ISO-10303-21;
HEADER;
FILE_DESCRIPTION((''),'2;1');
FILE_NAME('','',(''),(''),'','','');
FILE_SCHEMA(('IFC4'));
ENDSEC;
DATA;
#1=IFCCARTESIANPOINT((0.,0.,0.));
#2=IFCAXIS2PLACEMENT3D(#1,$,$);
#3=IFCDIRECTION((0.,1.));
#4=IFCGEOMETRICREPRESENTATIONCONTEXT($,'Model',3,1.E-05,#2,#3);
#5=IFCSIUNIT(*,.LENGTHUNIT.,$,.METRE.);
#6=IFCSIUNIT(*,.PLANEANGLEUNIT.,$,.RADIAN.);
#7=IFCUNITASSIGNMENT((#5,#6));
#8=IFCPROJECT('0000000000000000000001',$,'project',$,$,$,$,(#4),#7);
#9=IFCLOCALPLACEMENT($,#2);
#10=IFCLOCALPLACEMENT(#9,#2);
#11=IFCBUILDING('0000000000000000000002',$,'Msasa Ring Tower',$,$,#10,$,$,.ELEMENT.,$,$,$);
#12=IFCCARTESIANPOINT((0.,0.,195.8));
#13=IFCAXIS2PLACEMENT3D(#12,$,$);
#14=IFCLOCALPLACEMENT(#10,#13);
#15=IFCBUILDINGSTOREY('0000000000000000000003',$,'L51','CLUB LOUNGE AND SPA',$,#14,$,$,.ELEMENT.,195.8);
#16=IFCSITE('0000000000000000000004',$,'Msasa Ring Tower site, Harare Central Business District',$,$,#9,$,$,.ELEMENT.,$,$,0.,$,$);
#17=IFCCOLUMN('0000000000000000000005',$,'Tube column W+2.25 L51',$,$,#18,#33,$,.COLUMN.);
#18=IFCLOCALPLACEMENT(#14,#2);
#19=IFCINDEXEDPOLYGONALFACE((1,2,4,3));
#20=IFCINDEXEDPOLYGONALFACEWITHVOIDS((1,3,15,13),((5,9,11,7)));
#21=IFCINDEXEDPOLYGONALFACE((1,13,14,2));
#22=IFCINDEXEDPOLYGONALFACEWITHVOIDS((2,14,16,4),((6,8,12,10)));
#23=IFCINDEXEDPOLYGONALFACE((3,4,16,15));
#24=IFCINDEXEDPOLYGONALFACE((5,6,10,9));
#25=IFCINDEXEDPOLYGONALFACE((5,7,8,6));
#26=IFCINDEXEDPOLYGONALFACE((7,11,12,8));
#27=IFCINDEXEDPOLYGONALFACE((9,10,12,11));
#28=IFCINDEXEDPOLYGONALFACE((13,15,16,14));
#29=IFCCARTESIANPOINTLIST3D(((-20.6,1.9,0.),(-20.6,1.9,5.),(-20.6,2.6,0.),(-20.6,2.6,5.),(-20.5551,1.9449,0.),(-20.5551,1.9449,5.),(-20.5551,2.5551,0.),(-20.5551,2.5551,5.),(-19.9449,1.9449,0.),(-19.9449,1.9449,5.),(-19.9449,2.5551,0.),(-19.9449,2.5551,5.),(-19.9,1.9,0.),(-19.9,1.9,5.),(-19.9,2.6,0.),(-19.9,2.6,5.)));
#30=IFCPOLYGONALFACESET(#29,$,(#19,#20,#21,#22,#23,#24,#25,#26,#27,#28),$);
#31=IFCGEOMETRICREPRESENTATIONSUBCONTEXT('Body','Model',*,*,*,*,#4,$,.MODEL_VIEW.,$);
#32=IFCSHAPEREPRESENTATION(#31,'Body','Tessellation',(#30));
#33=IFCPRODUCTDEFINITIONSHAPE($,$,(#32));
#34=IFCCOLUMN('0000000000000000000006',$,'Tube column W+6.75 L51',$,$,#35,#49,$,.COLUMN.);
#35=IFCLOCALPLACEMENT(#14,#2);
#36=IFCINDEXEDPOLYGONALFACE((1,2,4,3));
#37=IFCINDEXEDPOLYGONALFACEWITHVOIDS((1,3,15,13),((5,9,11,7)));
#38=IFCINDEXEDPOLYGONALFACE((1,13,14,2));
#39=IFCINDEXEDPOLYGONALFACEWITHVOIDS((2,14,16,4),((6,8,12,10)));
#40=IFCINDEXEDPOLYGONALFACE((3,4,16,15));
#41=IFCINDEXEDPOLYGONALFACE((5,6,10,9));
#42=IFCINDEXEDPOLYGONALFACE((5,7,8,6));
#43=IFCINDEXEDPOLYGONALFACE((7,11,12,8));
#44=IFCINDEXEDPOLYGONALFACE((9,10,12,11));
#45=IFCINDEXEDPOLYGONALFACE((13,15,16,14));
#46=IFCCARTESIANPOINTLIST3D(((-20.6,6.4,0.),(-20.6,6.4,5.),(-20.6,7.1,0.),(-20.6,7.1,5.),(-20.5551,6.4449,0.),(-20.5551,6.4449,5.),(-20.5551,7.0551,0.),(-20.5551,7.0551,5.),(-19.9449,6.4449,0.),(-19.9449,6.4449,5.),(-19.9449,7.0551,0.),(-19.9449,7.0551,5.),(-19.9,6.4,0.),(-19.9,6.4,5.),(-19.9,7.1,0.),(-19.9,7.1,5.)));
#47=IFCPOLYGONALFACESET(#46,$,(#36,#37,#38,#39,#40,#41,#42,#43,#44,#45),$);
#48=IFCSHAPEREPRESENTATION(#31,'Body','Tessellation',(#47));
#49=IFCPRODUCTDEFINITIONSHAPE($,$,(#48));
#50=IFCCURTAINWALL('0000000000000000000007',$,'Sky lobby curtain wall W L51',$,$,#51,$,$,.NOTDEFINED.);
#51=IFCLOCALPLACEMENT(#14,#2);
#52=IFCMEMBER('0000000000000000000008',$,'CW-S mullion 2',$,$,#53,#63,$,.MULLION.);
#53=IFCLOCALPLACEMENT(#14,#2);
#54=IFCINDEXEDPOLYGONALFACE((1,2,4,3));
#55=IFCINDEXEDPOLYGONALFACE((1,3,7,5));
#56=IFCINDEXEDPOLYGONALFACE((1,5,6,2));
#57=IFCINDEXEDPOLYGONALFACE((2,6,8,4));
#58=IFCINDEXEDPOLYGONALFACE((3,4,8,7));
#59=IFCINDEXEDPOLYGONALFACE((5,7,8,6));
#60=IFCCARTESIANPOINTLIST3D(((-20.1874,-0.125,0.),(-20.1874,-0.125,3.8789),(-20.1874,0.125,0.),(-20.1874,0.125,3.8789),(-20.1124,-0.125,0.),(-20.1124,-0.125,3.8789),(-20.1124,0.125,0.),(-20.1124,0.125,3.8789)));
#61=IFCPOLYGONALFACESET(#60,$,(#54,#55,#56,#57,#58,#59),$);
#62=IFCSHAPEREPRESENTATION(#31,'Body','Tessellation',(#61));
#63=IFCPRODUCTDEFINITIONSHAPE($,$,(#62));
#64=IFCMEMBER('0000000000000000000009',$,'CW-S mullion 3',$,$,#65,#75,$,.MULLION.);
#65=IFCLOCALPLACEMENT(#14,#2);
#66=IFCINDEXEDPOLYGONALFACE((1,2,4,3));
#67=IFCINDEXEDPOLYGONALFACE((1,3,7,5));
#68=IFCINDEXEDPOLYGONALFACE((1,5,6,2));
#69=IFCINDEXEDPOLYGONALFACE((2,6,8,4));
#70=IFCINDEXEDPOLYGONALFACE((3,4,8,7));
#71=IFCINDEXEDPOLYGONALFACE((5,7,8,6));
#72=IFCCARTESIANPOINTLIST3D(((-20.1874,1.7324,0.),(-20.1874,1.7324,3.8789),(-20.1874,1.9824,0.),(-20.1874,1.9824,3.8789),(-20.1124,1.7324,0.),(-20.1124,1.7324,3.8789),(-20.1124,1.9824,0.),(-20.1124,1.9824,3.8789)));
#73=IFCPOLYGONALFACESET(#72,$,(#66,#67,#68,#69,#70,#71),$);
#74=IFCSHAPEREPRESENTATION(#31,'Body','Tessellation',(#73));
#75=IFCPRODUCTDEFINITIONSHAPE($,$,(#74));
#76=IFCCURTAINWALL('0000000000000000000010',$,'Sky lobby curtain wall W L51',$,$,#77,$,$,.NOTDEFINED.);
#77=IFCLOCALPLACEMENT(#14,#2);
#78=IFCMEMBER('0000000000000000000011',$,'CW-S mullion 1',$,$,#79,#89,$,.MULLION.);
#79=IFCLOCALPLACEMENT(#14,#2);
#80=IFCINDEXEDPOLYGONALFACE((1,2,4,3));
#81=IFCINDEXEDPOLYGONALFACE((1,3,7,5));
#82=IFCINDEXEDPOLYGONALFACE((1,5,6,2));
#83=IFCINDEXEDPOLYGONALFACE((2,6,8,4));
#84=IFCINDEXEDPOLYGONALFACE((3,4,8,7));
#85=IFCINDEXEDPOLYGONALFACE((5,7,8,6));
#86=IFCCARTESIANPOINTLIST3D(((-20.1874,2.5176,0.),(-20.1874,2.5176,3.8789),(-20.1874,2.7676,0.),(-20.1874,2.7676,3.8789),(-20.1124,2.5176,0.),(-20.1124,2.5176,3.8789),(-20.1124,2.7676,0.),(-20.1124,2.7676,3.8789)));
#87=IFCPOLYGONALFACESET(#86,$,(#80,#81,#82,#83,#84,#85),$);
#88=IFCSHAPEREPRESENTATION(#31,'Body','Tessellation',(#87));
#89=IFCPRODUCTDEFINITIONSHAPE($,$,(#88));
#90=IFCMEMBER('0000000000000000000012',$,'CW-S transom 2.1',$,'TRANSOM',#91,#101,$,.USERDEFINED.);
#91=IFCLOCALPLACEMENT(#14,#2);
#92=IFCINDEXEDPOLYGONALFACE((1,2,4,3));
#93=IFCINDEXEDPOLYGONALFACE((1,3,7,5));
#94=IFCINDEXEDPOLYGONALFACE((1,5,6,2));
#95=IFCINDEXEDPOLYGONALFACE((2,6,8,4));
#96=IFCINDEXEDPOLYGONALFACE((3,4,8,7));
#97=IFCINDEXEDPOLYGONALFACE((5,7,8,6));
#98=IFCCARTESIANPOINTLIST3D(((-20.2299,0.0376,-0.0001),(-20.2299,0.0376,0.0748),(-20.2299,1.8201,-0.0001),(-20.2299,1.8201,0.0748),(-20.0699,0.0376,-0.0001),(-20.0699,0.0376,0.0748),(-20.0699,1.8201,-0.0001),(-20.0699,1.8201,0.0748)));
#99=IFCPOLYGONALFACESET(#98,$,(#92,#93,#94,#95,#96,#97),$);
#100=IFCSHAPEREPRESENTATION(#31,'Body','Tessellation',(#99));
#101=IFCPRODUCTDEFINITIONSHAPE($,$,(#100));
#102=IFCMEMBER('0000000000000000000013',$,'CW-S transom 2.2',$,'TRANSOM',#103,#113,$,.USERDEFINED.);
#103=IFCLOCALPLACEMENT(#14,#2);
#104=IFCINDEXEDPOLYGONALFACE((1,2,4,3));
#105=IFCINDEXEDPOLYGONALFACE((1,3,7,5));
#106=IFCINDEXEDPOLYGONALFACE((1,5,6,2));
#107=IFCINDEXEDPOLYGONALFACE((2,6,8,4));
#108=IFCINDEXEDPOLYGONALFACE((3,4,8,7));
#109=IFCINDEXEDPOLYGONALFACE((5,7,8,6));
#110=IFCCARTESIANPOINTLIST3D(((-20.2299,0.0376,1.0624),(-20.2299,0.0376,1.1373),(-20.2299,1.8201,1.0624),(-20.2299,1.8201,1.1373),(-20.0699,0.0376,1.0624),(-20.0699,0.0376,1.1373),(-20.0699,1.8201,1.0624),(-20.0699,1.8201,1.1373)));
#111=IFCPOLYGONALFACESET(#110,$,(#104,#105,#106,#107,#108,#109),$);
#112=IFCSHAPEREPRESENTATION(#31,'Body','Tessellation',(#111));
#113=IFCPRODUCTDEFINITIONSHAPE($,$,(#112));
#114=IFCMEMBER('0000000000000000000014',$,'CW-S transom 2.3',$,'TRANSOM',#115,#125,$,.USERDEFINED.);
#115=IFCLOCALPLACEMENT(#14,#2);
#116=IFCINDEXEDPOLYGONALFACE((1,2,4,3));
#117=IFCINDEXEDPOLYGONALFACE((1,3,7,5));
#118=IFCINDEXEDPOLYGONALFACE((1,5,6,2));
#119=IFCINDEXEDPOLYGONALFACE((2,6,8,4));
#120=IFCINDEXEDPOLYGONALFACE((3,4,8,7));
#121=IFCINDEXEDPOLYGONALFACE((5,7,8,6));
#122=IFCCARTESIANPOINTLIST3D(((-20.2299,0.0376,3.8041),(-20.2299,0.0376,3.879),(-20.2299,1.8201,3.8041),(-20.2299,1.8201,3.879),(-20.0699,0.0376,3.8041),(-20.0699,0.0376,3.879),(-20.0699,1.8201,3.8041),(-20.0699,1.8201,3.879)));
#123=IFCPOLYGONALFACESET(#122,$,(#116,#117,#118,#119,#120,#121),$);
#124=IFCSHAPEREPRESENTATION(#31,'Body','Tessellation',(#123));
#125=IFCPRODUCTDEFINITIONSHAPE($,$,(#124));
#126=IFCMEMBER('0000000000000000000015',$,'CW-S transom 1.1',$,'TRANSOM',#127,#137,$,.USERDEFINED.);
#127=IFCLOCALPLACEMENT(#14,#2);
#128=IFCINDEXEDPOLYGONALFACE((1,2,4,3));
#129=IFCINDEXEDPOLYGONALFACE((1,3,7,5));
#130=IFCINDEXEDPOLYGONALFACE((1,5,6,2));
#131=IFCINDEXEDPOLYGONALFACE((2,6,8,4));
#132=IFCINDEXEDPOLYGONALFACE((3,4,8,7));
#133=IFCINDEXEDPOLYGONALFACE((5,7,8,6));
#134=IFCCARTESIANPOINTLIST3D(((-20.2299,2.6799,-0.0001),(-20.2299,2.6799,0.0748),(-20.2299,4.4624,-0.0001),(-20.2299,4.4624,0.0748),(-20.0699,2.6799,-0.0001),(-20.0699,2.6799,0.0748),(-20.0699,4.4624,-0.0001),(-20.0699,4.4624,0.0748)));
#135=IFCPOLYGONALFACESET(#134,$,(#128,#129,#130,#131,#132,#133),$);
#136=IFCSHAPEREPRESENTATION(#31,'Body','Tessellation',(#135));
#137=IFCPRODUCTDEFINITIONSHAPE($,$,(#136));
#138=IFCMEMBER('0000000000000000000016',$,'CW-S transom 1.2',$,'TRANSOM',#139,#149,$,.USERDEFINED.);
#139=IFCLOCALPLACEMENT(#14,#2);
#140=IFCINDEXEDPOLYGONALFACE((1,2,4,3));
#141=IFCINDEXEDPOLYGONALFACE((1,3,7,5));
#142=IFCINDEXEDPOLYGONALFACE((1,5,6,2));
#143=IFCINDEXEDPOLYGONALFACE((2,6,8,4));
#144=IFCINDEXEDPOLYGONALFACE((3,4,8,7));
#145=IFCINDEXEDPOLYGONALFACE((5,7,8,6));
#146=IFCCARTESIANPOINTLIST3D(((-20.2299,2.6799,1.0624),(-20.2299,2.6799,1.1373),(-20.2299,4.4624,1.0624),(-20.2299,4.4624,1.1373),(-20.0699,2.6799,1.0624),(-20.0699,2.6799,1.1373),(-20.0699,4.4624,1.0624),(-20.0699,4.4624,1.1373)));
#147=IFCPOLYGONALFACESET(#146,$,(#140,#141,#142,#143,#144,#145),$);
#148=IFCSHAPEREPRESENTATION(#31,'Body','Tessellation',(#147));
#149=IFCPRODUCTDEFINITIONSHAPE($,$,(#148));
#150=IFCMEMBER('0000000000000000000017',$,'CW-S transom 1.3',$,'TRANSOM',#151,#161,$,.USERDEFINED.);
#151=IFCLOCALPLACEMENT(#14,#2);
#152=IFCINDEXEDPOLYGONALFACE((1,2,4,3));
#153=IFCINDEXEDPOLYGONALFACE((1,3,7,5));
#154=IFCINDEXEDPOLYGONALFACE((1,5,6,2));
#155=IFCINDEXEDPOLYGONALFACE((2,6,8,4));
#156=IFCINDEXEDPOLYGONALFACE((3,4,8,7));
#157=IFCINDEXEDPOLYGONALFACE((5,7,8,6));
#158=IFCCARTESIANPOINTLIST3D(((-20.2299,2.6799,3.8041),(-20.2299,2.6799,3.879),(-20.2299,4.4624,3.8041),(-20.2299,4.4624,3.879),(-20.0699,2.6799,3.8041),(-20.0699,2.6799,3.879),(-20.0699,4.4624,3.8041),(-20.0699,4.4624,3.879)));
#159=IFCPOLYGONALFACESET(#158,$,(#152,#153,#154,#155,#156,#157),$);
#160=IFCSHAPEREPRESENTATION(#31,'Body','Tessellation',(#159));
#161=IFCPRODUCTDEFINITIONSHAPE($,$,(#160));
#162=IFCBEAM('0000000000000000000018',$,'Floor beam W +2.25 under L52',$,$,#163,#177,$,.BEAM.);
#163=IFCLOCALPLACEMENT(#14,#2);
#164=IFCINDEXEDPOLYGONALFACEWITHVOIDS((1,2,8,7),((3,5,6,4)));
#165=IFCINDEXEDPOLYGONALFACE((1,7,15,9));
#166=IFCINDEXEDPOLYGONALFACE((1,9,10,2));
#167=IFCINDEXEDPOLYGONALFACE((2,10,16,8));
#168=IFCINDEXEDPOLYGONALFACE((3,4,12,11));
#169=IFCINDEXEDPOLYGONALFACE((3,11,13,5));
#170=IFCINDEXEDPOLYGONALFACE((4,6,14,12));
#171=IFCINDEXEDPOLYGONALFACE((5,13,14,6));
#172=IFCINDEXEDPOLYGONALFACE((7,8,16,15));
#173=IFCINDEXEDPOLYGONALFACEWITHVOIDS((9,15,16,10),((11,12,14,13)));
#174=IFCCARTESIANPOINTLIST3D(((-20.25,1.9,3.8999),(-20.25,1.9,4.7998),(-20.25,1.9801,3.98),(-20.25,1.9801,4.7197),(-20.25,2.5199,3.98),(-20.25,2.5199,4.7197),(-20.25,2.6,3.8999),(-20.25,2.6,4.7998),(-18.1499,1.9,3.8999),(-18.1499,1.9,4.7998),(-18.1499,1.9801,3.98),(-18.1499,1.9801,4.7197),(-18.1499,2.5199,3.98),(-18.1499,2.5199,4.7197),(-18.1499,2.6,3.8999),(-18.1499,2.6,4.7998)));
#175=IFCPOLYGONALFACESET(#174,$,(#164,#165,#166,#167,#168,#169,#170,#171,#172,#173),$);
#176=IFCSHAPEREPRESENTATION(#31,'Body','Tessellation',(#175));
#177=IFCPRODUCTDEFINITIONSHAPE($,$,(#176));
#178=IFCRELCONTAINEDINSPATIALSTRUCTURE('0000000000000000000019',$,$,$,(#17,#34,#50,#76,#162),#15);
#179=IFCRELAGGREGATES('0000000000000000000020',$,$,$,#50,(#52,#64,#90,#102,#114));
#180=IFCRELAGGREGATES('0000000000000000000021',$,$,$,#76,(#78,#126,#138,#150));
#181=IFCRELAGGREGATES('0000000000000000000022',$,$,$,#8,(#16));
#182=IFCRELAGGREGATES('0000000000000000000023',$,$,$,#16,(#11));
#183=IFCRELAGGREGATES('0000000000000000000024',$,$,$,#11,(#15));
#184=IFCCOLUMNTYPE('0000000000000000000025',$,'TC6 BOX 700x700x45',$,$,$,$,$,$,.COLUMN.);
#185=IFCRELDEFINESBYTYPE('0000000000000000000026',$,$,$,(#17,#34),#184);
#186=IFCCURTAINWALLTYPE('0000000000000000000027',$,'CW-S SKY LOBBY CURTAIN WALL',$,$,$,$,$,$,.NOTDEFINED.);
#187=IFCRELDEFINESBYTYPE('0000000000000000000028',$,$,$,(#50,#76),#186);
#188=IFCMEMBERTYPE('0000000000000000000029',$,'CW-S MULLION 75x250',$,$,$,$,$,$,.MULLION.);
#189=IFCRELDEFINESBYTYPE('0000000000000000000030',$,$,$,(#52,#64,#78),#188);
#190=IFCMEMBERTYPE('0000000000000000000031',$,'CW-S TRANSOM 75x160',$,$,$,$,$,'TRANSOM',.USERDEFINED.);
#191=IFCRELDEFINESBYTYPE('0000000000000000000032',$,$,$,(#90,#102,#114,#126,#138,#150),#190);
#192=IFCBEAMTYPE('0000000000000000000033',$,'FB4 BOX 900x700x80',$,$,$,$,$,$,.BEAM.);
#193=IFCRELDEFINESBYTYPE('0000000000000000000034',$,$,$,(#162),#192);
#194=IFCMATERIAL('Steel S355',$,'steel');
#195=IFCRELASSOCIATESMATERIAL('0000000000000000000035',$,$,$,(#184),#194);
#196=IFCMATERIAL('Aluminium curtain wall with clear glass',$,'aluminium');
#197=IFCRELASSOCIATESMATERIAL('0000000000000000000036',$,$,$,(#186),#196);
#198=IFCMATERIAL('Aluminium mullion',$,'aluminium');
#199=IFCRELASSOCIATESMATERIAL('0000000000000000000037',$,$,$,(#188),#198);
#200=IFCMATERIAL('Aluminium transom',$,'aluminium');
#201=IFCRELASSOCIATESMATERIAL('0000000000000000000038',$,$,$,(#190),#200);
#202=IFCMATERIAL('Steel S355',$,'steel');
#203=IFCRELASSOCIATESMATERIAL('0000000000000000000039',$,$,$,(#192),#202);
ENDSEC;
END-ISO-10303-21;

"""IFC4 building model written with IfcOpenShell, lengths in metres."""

from ifc_helpers import new_model, si_unit, direction, frame, origin, origin_2d, place, context, subcontext, project, spatial, rectangle, hollow_rectangle, extrude, material, material_profile, profile_set, type_object, element, aggregate, save


model = new_model("IFC4")

# Units and contexts
model_context = context("Model", 3, precision=1e-05, world=origin(), true_north=direction((0.0, 1.0)))
body_context = subcontext(model_context, "Body", "Model", "MODEL_VIEW")
ifc_project = project(units=[si_unit("LENGTHUNIT", "METRE"), si_unit("PLANEANGLEUNIT", "RADIAN")], contexts=[model_context])

# Site, building, storey
site_placement = place(None, origin())
site = spatial("IfcSite", under=ifc_project, at=site_placement, Name="Msasa Ring Tower site, Harare Central Business District", CompositionType="ELEMENT", RefElevation=0.0)
building_placement = place(site_placement, origin())
building = spatial("IfcBuilding", under=site, at=building_placement, Name="Msasa Ring Tower", CompositionType="ELEMENT")
storey_placement = place(building_placement, frame((0.0, 0.0, 195.8)))
storey = spatial("IfcBuildingStorey", under=building, at=storey_placement, Name="L51", Description="CLUB LOUNGE AND SPA", CompositionType="ELEMENT", Elevation=195.8)

# Columns
ifc_material_1 = material(Name="Steel S355", Category="steel")
ifc_material_profile_1 = material_profile(ifc_material_1, hollow_rectangle(XDim=0.7, YDim=0.7, WallThickness=0.0449, at=origin_2d()), Name="BOX 700x700x45")
ifc_profile_set_1 = profile_set([ifc_material_profile_1], Name="Steel S355")
column_type = type_object("IfcColumnType", Name="TC6 BOX 700x700x45", PredefinedType="COLUMN", material=ifc_profile_set_1)
for number, where, z_axis, x_axis, name in (
    (1, (-20.25, 2.25, 0.0), (0.0, 0.0, 1.0), (1.0, 0.0, 0.0), "Tube column W+2.25 L51"),
    (2, (-20.25, 6.75, 0.0), (0.0, 0.0, 1.0), (1.0, 0.0, 0.0), "Tube column W+6.75 L51"),
):
    element("IfcColumn", number, at=place(storey_placement, frame(where, z_axis=z_axis, x_axis=x_axis)), inside=storey, type_object=column_type, Name=name, PredefinedType="COLUMN", context=body_context, shape_type="SweptSolid", body=[
        extrude(hollow_rectangle(XDim=0.7, YDim=0.7, WallThickness=0.0449, at=origin_2d()), origin(), (0.0, 0.0, 1.0), 5.0),
    ])

# Curtain wall, members
ifc_material_2 = material(Name="Aluminium curtain wall with clear glass", Category="aluminium")
curtain_wall_type = type_object("IfcCurtainWallType", Name="CW-S SKY LOBBY CURTAIN WALL", PredefinedType="NOTDEFINED", material=ifc_material_2)
curtain_wall_1_placement = place(storey_placement, origin())
curtain_wall_1 = element("IfcCurtainWall", 3, at=curtain_wall_1_placement, inside=storey, type_object=curtain_wall_type, Name="Sky lobby curtain wall W L51", PredefinedType="NOTDEFINED")
ifc_material_3 = material(Name="Aluminium mullion", Category="aluminium")
ifc_material_profile_2 = material_profile(ifc_material_3, rectangle(XDim=0.075, YDim=0.25, at=origin_2d()), Name="AL 75x250")
ifc_profile_set_2 = profile_set([ifc_material_profile_2], Name="Aluminium mullion")
member_type_1 = type_object("IfcMemberType", Name="CW-S MULLION 75x250", PredefinedType="MULLION", material=ifc_profile_set_2)
member_1_placement = place(storey_placement, frame((-20.1499, 0.0, 0.0), z_axis=(0.0, 0.0, 1.0), x_axis=(-1.0, 0.0, 0.0)))
member_1 = element("IfcMember", 4, at=member_1_placement, type_object=member_type_1, Name="CW-S mullion 2", PredefinedType="MULLION", context=body_context, shape_type="SweptSolid", body=[
    extrude(rectangle(XDim=0.075, YDim=0.25, at=origin_2d()), origin(), (0.0, 0.0, 1.0), 3.8789),
])
member_2_placement = place(storey_placement, frame((-20.1499, 1.8574, 0.0), z_axis=(0.0, 0.0, 1.0), x_axis=(-1.0, 0.0, 0.0)))
member_2 = element("IfcMember", 5, at=member_2_placement, type_object=member_type_1, Name="CW-S mullion 3", PredefinedType="MULLION", context=body_context, shape_type="SweptSolid", body=[
    extrude(rectangle(XDim=0.075, YDim=0.25, at=origin_2d()), origin(), (0.0, 0.0, 1.0), 3.8789),
])

# Curtain wall, member
curtain_wall_2_placement = place(storey_placement, origin())
curtain_wall_2 = element("IfcCurtainWall", 6, at=curtain_wall_2_placement, inside=storey, type_object=curtain_wall_type, Name="Sky lobby curtain wall W L51", PredefinedType="NOTDEFINED")
member_3_placement = place(storey_placement, frame((-20.1499, 2.6426, 0.0), z_axis=(0.0, 0.0, 1.0), x_axis=(-1.0, 0.0, 0.0)))
member_3 = element("IfcMember", 7, at=member_3_placement, type_object=member_type_1, Name="CW-S mullion 1", PredefinedType="MULLION", context=body_context, shape_type="SweptSolid", body=[
    extrude(rectangle(XDim=0.075, YDim=0.25, at=origin_2d()), origin(), (0.0, 0.0, 1.0), 3.8789),
])

# Members
ifc_material_4 = material(Name="Aluminium transom", Category="aluminium")
ifc_material_profile_3 = material_profile(ifc_material_4, rectangle(XDim=0.1599, YDim=0.075, at=origin_2d()), Name="AL 75x160")
ifc_profile_set_3 = profile_set([ifc_material_profile_3], Name="Aluminium transom")
member_type_2 = type_object("IfcMemberType", Name="CW-S TRANSOM 75x160", ElementType="TRANSOM", PredefinedType="USERDEFINED", material=ifc_profile_set_3)
member_4_placement = place(storey_placement, frame((-20.1499, 0.0376, 0.0374), z_axis=(0.0, 1.0, 0.0), x_axis=(-1.0, 0.0, 0.0)))
member_4 = element("IfcMember", 8, at=member_4_placement, type_object=member_type_2, Name="CW-S transom 2.1", ObjectType="TRANSOM", PredefinedType="USERDEFINED", context=body_context, shape_type="SweptSolid", body=[
    extrude(rectangle(XDim=0.1599, YDim=0.075, at=origin_2d()), origin(), (0.0, 0.0, 1.0), 1.7825),
])
member_5_placement = place(storey_placement, frame((-20.1499, 0.0376, 1.0999), z_axis=(0.0, 1.0, 0.0), x_axis=(-1.0, 0.0, 0.0)))
member_5 = element("IfcMember", 9, at=member_5_placement, type_object=member_type_2, Name="CW-S transom 2.2", ObjectType="TRANSOM", PredefinedType="USERDEFINED", context=body_context, shape_type="SweptSolid", body=[
    extrude(rectangle(XDim=0.1599, YDim=0.075, at=origin_2d()), origin(), (0.0, 0.0, 1.0), 1.7825),
])
member_6_placement = place(storey_placement, frame((-20.1499, 0.0376, 3.8416), z_axis=(0.0, 1.0, 0.0), x_axis=(-1.0, 0.0, 0.0)))
member_6 = element("IfcMember", 10, at=member_6_placement, type_object=member_type_2, Name="CW-S transom 2.3", ObjectType="TRANSOM", PredefinedType="USERDEFINED", context=body_context, shape_type="SweptSolid", body=[
    extrude(rectangle(XDim=0.1599, YDim=0.075, at=origin_2d()), origin(), (0.0, 0.0, 1.0), 1.7825),
])
member_7_placement = place(storey_placement, frame((-20.1499, 2.6799, 0.0374), z_axis=(0.0, 1.0, 0.0), x_axis=(-1.0, 0.0, 0.0)))
member_7 = element("IfcMember", 11, at=member_7_placement, type_object=member_type_2, Name="CW-S transom 1.1", ObjectType="TRANSOM", PredefinedType="USERDEFINED", context=body_context, shape_type="SweptSolid", body=[
    extrude(rectangle(XDim=0.1599, YDim=0.075, at=origin_2d()), origin(), (0.0, 0.0, 1.0), 1.7825),
])
member_8_placement = place(storey_placement, frame((-20.1499, 2.6799, 1.0999), z_axis=(0.0, 1.0, 0.0), x_axis=(-1.0, 0.0, 0.0)))
member_8 = element("IfcMember", 12, at=member_8_placement, type_object=member_type_2, Name="CW-S transom 1.2", ObjectType="TRANSOM", PredefinedType="USERDEFINED", context=body_context, shape_type="SweptSolid", body=[
    extrude(rectangle(XDim=0.1599, YDim=0.075, at=origin_2d()), origin(), (0.0, 0.0, 1.0), 1.7825),
])
member_9_placement = place(storey_placement, frame((-20.1499, 2.6799, 3.8416), z_axis=(0.0, 1.0, 0.0), x_axis=(-1.0, 0.0, 0.0)))
member_9 = element("IfcMember", 13, at=member_9_placement, type_object=member_type_2, Name="CW-S transom 1.3", ObjectType="TRANSOM", PredefinedType="USERDEFINED", context=body_context, shape_type="SweptSolid", body=[
    extrude(rectangle(XDim=0.1599, YDim=0.075, at=origin_2d()), origin(), (0.0, 0.0, 1.0), 1.7825),
])

# Beam
ifc_material_5 = material(Name="Steel S355", Category="steel")
ifc_material_profile_4 = material_profile(ifc_material_5, hollow_rectangle(XDim=0.7, YDim=0.8999, WallThickness=0.0801, at=origin_2d()), Name="BOX 900x700x80")
ifc_profile_set_4 = profile_set([ifc_material_profile_4], Name="Steel S355")
beam_type_1 = type_object("IfcBeamType", Name="FB4 BOX 900x700x80", PredefinedType="BEAM", material=ifc_profile_set_4)
beam_placement = place(storey_placement, frame((-20.25, 2.25, 4.3499), z_axis=(1.0, 0.0, 0.0), x_axis=(0.0, 1.0, 0.0)))
element("IfcBeam", 14, at=beam_placement, inside=storey, type_object=beam_type_1, Name="Floor beam W +2.25 under L52", PredefinedType="BEAM", context=body_context, shape_type="SweptSolid", body=[
    extrude(hollow_rectangle(XDim=0.7, YDim=0.8999, WallThickness=0.0801, at=origin_2d()), origin(), (0.0, 0.0, 1.0), 2.1001),
])

aggregate(curtain_wall_1, [member_1, member_2, member_4, member_5, member_6])
aggregate(curtain_wall_2, [member_3, member_7, member_8, member_9])

save(model, "model.ifc")
